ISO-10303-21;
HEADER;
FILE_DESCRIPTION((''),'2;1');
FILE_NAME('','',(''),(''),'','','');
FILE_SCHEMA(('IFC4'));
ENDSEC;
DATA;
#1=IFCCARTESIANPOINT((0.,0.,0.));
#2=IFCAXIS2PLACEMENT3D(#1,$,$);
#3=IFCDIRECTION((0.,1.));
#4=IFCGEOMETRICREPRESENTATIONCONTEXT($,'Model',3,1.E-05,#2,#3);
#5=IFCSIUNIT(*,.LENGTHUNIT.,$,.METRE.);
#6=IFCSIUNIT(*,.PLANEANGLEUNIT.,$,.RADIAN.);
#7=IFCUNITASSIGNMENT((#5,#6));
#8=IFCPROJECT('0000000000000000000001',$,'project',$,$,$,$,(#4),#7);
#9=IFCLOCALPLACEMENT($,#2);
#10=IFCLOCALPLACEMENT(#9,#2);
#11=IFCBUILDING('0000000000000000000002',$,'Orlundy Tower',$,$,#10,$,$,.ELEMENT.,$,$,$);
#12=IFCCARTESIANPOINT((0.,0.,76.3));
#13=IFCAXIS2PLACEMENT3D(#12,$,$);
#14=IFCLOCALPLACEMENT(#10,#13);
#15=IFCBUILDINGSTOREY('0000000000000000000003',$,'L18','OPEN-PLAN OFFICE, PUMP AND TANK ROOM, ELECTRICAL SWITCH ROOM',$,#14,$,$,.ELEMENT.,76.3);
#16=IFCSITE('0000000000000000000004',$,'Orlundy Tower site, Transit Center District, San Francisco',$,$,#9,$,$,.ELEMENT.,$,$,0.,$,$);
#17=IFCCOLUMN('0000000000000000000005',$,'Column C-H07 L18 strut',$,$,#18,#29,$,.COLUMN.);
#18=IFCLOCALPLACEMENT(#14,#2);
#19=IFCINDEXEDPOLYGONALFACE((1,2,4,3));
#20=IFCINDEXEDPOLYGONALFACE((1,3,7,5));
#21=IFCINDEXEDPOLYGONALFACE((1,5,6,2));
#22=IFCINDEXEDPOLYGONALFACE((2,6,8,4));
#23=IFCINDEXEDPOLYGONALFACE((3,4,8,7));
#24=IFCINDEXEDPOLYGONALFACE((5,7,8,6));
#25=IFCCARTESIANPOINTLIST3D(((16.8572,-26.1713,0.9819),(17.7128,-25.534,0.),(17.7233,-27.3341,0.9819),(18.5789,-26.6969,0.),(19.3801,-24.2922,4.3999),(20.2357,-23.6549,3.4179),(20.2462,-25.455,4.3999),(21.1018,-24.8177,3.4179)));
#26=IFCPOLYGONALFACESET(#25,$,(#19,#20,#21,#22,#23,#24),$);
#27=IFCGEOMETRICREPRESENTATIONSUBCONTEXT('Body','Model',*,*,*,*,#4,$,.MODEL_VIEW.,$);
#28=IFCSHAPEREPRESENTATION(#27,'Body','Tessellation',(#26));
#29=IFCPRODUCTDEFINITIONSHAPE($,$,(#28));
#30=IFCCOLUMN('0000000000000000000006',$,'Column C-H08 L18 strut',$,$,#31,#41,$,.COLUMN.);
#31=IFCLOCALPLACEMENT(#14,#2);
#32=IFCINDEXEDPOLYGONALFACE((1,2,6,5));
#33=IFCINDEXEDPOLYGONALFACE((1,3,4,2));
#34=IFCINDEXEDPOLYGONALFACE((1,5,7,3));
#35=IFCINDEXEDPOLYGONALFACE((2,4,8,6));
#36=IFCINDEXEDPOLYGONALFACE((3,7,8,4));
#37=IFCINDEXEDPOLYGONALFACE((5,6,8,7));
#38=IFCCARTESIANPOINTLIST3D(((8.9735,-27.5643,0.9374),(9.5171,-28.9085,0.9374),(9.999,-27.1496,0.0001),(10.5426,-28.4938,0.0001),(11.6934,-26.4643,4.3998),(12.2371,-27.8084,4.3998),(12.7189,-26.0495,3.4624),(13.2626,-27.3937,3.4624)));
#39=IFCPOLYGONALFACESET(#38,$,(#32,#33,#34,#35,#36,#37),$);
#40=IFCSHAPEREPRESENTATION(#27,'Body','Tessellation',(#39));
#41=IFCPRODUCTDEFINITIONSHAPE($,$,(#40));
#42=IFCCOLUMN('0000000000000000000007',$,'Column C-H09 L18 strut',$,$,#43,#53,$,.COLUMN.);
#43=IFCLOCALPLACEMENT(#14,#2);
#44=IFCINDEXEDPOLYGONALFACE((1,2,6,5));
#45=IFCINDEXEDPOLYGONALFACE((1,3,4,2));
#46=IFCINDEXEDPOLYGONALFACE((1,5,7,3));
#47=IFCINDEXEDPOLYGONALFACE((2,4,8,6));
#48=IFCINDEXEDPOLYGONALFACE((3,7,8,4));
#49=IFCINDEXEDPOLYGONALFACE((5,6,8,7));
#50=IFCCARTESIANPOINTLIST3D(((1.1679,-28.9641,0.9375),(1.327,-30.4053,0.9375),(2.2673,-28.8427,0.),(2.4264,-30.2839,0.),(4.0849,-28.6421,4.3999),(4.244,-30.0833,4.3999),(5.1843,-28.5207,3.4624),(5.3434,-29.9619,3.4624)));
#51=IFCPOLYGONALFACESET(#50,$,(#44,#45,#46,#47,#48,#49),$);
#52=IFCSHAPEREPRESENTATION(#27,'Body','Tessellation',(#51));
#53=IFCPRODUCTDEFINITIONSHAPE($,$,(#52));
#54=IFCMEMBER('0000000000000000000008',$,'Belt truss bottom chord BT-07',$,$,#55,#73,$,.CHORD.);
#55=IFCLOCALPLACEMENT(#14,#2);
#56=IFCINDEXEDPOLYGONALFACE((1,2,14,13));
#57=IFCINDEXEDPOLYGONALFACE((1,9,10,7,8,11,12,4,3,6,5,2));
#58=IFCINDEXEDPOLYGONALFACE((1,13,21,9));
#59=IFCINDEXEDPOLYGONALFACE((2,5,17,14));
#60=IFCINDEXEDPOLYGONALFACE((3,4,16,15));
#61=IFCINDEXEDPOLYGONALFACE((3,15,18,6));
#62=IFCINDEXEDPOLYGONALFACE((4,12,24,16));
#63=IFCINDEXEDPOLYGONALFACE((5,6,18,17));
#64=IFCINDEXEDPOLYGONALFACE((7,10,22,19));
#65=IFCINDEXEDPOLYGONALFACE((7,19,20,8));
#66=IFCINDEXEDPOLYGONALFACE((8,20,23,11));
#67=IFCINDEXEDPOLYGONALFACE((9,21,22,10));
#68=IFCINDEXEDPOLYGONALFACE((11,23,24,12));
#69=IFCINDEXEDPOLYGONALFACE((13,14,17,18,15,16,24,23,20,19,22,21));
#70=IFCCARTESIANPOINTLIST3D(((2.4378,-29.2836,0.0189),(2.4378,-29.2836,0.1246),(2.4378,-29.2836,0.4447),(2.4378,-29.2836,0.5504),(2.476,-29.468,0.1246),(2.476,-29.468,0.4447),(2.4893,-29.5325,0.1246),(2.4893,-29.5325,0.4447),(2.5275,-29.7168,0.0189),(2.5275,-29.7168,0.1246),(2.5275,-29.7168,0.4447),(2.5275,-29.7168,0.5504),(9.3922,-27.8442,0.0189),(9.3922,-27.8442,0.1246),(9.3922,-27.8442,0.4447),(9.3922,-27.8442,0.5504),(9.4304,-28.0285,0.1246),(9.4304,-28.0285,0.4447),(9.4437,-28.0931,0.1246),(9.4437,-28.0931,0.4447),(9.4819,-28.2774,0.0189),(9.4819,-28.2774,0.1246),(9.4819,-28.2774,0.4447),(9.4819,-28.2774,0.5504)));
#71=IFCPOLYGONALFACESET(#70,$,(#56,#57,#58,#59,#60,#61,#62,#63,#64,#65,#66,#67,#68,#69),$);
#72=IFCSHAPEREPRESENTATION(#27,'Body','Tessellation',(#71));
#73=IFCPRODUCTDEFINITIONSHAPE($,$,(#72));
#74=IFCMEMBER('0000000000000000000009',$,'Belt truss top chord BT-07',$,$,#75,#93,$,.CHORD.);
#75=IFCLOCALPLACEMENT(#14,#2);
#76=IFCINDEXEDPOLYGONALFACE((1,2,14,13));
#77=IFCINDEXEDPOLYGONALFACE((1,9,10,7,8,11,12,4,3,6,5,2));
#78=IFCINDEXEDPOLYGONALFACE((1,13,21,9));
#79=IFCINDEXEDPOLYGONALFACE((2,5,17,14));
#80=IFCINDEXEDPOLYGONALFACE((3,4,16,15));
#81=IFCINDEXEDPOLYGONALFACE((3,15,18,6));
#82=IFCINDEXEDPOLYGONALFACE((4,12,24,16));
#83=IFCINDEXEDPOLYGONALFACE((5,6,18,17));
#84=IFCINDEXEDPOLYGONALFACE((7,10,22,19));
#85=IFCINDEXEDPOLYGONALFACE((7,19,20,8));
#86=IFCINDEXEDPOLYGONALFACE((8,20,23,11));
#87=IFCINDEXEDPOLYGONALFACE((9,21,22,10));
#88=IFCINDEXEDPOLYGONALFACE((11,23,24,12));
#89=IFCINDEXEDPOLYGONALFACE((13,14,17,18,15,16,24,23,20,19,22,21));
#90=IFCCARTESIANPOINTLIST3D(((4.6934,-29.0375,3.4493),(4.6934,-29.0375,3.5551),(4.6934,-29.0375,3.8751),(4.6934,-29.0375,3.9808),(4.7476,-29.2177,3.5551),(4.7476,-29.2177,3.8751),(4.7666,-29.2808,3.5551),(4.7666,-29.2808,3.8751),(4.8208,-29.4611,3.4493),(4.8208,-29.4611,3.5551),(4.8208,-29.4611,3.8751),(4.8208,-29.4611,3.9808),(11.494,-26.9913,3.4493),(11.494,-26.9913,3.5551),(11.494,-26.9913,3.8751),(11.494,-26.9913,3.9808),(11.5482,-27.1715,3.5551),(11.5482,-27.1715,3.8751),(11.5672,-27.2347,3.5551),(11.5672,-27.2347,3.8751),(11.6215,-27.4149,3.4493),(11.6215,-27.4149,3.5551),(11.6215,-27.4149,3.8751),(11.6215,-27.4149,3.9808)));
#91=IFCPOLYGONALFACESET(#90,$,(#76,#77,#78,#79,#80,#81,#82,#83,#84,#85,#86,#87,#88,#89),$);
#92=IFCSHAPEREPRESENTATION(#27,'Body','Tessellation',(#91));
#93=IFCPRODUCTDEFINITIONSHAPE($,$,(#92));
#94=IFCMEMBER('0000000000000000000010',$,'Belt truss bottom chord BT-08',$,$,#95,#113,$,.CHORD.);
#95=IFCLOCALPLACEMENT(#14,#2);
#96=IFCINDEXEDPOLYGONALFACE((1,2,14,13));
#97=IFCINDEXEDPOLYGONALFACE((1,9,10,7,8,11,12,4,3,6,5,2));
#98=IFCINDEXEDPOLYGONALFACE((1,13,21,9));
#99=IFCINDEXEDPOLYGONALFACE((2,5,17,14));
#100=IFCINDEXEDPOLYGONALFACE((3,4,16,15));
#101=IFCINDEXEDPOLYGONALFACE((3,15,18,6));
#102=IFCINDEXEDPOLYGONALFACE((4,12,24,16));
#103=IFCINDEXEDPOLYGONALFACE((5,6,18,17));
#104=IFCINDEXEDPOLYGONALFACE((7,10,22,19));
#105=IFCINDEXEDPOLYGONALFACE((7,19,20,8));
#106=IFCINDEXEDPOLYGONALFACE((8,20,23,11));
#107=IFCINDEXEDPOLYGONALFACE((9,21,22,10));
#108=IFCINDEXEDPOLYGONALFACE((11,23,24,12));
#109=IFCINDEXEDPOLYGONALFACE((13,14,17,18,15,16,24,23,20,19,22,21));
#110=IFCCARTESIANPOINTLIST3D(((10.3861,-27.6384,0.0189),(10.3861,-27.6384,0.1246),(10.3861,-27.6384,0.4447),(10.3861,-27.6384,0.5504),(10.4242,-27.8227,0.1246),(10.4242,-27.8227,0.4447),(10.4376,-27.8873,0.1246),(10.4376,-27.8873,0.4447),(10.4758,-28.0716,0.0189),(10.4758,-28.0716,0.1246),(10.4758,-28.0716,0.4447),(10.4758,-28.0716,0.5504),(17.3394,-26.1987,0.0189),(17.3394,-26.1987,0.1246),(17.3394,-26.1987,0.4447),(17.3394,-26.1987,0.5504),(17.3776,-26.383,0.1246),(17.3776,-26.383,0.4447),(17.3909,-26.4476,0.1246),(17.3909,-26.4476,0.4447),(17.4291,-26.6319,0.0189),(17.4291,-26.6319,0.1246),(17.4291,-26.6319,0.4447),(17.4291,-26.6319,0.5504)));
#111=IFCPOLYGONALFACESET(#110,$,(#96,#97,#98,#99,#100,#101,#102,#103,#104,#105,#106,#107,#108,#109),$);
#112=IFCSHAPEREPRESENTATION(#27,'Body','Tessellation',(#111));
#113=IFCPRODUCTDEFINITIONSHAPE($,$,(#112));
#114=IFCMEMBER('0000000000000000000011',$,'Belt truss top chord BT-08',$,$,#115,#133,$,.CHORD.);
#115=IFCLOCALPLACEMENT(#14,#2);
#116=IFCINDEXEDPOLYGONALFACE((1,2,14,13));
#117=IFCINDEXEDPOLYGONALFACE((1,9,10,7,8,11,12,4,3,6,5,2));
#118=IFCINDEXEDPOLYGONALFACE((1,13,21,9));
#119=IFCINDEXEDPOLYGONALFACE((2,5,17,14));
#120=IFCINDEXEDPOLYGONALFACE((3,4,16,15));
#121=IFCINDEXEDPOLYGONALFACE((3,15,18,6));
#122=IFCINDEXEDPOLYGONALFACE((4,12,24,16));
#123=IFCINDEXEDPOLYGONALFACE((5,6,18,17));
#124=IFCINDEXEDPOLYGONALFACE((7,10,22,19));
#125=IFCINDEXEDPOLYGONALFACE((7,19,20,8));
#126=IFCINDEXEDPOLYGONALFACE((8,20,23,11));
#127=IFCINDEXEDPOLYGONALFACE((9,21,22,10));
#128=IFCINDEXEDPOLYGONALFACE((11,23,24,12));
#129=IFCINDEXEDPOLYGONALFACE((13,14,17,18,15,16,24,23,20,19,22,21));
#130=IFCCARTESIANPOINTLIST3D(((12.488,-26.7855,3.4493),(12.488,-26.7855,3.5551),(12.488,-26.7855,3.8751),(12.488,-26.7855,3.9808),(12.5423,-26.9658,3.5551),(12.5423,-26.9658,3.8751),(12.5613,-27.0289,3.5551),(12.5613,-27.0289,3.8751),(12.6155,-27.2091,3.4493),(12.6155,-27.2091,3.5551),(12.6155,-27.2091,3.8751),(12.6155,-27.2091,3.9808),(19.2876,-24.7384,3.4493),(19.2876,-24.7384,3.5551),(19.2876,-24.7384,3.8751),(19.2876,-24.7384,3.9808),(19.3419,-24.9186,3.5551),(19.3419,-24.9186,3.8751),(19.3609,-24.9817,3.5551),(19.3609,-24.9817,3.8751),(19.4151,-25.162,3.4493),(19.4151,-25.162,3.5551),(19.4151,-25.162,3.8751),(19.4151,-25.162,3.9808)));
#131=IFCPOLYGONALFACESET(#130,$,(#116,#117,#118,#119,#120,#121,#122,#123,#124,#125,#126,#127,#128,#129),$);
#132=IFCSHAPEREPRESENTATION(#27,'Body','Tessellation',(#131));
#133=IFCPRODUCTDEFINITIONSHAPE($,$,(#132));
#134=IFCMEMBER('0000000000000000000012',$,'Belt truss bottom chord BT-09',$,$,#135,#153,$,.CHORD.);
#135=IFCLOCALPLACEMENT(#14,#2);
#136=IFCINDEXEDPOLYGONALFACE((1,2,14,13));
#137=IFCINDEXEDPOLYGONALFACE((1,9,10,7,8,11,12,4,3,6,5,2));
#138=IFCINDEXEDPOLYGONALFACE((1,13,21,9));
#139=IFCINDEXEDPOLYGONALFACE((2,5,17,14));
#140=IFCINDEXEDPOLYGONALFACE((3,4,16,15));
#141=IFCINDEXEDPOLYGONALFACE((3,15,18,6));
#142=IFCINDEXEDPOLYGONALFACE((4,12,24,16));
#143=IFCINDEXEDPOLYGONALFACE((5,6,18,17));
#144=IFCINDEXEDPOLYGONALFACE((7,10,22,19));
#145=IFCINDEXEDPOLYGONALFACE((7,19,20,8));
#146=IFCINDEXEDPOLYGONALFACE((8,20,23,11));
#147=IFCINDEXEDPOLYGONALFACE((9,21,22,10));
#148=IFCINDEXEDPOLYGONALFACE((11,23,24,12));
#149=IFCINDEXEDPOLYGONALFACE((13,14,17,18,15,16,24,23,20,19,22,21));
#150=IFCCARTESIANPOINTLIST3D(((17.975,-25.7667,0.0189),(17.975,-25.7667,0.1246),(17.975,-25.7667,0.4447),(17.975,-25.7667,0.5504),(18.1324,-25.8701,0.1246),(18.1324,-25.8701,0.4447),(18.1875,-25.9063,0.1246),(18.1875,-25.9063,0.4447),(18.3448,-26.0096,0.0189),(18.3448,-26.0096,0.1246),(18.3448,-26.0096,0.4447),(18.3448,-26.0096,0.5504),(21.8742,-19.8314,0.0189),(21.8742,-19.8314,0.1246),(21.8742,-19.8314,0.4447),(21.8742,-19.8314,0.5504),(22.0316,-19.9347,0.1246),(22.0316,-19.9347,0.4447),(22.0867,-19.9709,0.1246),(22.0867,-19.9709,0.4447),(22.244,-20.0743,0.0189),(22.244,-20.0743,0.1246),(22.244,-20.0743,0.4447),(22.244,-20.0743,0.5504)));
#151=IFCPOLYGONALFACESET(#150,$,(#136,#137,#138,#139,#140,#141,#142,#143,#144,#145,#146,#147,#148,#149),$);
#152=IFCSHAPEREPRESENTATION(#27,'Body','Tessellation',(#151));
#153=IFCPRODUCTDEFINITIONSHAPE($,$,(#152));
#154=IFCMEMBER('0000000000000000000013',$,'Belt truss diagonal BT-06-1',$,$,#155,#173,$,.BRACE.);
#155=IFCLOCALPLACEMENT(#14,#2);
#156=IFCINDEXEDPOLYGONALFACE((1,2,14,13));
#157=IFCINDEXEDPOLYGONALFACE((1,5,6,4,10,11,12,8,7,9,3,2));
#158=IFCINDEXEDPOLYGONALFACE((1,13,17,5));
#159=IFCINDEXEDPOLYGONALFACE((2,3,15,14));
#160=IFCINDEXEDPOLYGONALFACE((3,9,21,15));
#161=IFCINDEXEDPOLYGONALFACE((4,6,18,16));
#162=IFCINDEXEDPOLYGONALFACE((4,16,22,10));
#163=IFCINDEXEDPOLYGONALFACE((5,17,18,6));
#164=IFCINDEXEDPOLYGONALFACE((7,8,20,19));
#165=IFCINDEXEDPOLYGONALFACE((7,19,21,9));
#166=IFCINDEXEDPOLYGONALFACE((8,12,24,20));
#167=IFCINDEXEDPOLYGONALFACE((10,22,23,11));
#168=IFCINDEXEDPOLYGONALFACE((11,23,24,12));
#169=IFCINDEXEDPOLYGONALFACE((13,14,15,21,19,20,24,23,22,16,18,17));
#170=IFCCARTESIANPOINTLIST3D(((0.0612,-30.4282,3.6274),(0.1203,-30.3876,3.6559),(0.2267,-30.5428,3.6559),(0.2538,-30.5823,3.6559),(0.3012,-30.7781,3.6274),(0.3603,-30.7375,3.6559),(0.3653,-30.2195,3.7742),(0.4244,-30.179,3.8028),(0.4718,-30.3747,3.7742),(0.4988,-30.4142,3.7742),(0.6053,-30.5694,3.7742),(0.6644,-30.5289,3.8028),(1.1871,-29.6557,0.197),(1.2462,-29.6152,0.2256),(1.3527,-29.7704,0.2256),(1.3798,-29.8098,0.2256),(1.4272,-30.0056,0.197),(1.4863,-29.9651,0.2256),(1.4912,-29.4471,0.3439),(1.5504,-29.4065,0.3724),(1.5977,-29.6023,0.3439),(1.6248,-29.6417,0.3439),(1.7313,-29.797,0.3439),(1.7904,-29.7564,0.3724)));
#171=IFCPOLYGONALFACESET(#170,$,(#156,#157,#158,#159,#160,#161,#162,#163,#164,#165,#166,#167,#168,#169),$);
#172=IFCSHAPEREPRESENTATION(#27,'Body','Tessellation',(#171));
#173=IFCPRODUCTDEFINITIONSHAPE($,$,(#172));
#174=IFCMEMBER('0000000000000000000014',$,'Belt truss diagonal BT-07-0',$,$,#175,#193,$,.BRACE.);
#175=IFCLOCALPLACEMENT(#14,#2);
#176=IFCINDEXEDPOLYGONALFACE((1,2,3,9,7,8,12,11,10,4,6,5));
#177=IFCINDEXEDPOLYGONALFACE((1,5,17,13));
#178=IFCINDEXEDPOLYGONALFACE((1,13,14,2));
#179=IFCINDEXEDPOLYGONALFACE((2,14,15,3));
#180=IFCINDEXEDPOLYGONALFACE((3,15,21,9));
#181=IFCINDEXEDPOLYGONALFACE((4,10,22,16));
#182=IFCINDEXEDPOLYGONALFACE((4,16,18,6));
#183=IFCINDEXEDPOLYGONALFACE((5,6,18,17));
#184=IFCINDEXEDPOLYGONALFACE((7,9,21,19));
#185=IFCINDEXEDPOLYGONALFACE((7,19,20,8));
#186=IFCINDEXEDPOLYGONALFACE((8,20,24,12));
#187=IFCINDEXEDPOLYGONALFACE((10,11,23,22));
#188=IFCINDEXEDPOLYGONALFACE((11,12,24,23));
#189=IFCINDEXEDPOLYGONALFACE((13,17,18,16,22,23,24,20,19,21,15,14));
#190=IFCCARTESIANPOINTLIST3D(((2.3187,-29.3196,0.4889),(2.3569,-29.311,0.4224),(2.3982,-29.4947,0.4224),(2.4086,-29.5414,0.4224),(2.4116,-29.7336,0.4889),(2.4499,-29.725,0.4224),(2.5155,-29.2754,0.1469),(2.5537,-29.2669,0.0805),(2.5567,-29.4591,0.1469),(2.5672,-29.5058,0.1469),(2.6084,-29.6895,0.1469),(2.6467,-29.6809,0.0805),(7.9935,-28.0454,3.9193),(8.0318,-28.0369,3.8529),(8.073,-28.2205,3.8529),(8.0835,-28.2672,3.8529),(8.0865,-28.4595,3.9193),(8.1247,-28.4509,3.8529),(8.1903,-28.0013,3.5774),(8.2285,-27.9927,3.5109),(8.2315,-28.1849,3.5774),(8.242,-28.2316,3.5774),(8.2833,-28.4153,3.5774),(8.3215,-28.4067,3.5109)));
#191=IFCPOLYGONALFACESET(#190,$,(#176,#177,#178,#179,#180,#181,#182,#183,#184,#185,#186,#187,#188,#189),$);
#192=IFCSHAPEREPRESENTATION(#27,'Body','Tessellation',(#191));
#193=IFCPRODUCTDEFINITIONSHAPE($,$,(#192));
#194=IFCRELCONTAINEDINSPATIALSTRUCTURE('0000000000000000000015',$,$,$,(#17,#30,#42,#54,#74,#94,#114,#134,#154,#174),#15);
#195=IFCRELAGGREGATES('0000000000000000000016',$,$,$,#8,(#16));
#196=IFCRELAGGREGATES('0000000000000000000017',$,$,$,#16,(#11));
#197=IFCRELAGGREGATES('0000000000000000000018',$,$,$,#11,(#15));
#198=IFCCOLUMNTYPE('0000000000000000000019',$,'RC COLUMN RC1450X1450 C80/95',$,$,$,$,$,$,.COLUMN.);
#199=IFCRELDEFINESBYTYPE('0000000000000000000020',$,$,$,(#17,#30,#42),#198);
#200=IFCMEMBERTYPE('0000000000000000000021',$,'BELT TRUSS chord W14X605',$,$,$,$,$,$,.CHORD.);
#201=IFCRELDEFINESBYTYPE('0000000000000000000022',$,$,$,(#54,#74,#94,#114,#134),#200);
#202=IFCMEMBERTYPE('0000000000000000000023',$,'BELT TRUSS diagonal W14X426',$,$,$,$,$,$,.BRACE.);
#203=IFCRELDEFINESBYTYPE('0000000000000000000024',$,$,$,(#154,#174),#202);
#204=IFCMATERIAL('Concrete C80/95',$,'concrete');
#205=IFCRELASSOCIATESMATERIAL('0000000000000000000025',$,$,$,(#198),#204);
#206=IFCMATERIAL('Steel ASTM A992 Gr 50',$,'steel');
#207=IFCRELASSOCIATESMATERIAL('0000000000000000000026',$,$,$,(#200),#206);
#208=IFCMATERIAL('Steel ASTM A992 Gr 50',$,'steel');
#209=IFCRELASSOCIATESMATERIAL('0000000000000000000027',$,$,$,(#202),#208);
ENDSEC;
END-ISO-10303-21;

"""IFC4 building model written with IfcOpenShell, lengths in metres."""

from ifc_helpers import new_model, si_unit, direction, frame, origin, origin_2d, place, context, subcontext, project, spatial, rectangle, i_section, extrude, material, material_profile, profile_set, type_object, element, save


model = new_model("IFC4")

# Units and contexts
model_context = context("Model", 3, precision=1e-05, world=origin(), true_north=direction((0.0, 1.0)))
body_context = subcontext(model_context, "Body", "Model", "MODEL_VIEW")
ifc_project = project(units=[si_unit("LENGTHUNIT", "METRE"), si_unit("PLANEANGLEUNIT", "RADIAN")], contexts=[model_context])

# Site, building, storey
site_placement = place(None, origin())
site = spatial("IfcSite", under=ifc_project, at=site_placement, Name="Orlundy Tower site, Transit Center District, San Francisco", CompositionType="ELEMENT", RefElevation=0.0)
building_placement = place(site_placement, origin())
building = spatial("IfcBuilding", under=site, at=building_placement, Name="Orlundy Tower", CompositionType="ELEMENT")
storey_placement = place(building_placement, frame((0.0, 0.0, 76.3)))
storey = spatial("IfcBuildingStorey", under=building, at=storey_placement, Name="L18", Description="OPEN-PLAN OFFICE, PUMP AND TANK ROOM, ELECTRICAL SWITCH ROOM", CompositionType="ELEMENT", Elevation=76.3)

# Columns
ifc_material_1 = material(Name="Concrete C80/95", Category="concrete")
ifc_material_profile_1 = material_profile(ifc_material_1, rectangle(XDim=1.45, YDim=1.45, at=origin_2d()), Name="RC1450X1450")
ifc_profile_set_1 = profile_set([ifc_material_profile_1], Name="Concrete C80/95")
column_type = type_object("IfcColumnType", Name="RC COLUMN RC1450X1450 C80/95", PredefinedType="COLUMN", material=ifc_profile_set_1)
column_1_placement = place(storey_placement, frame((17.718, -26.4341, 0.491), z_axis=(0.543116, 0.404526, 0.735788), x_axis=(-0.597339, 0.801989, 0.0)))
element("IfcColumn", 1, at=column_1_placement, inside=storey, type_object=column_type, Name="Column C-H07 L18 strut", PredefinedType="COLUMN", context=body_context, shape_type="SweptSolid", body=[
    extrude(rectangle(XDim=1.45, YDim=1.45, at=origin_2d()), origin(), (0.0, 0.0, 1.0), 4.6453),
])
column_2_placement = place(storey_placement, frame((9.7581, -28.0291, 0.4688), z_axis=(0.599329, 0.2424, 0.76292), x_axis=(-0.374946, 0.927047, 0.0)))
element("IfcColumn", 2, at=column_2_placement, inside=storey, type_object=column_type, Name="Column C-H08 L18 strut", PredefinedType="COLUMN", context=body_context, shape_type="SweptSolid", body=[
    extrude(rectangle(XDim=1.45, YDim=1.45, at=origin_2d()), origin(), (0.0, 0.0, 1.0), 4.5383),
])
column_3_placement = place(storey_placement, frame((1.7971, -29.624, 0.4688), z_axis=(0.642678, 0.070948, 0.762844), x_axis=(-0.109728, 0.993962, 0.0)))
element("IfcColumn", 3, at=column_3_placement, inside=storey, type_object=column_type, Name="Column C-H09 L18 strut", PredefinedType="COLUMN", context=body_context, shape_type="SweptSolid", body=[
    extrude(rectangle(XDim=1.45, YDim=1.45, at=origin_2d()), origin(), (0.0, 0.0, 1.0), 4.5388),
])

# Members
ifc_material_2 = material(Name="Steel ASTM A992 Gr 50", Category="steel")
ifc_material_profile_2 = material_profile(ifc_material_2, i_section(OverallWidth=0.4424, OverallDepth=0.5315, WebThickness=0.0659, FlangeThickness=0.1057, at=origin_2d()), Name="W14X605")
ifc_profile_set_2 = profile_set([ifc_material_profile_2], Name="Steel ASTM A992 Gr 50")
member_type_1 = type_object("IfcMemberType", Name="BELT TRUSS chord W14X605", PredefinedType="CHORD", material=ifc_profile_set_2)
for number, where, z_axis, x_axis, name in (
    (4, (2.4827, -29.5002, 0.2847), (0.979243, 0.20269, 0.0), (-0.20269, 0.979243, 0.0), "Belt truss bottom chord BT-07"),
    (5, (4.7571, -29.2493, 3.7151), (0.957594, 0.288121, 0.0), (-0.288121, 0.957594, 0.0), "Belt truss top chord BT-07"),
):
    element("IfcMember", number, at=place(storey_placement, frame(where, z_axis=z_axis, x_axis=x_axis)), inside=storey, type_object=member_type_1, Name=name, PredefinedType="CHORD", context=body_context, shape_type="SweptSolid", body=[
        extrude(i_section(OverallWidth=0.4424, OverallDepth=0.5315, WebThickness=0.0659, FlangeThickness=0.1057, at=origin_2d()), origin(), (0.0, 0.0, 1.0), 7.1018),
    ])
member_1_placement = place(storey_placement, frame((10.4309, -27.855, 0.2847), z_axis=(0.979231, 0.20275, 0.0), x_axis=(-0.20275, 0.979231, 0.0)))
element("IfcMember", 6, at=member_1_placement, inside=storey, type_object=member_type_1, Name="Belt truss bottom chord BT-08", PredefinedType="CHORD", context=body_context, shape_type="SweptSolid", body=[
    extrude(i_section(OverallWidth=0.4424, OverallDepth=0.5315, WebThickness=0.0659, FlangeThickness=0.1057, at=origin_2d()), origin(), (0.0, 0.0, 1.0), 7.1008),
])
member_2_placement = place(storey_placement, frame((12.5518, -26.9973, 3.7151), z_axis=(0.957545, 0.288285, 0.0), x_axis=(-0.288285, 0.957545, 0.0)))
element("IfcMember", 7, at=member_2_placement, inside=storey, type_object=member_type_1, Name="Belt truss top chord BT-08", PredefinedType="CHORD", context=body_context, shape_type="SweptSolid", body=[
    extrude(i_section(OverallWidth=0.4424, OverallDepth=0.5315, WebThickness=0.0659, FlangeThickness=0.1057, at=origin_2d()), origin(), (0.0, 0.0, 1.0), 7.1011),
])
member_3_placement = place(storey_placement, frame((18.1599, -25.8882, 0.2847), z_axis=(0.549063, 0.835781, 0.0), x_axis=(-0.835781, 0.549063, 0.0)))
element("IfcMember", 8, at=member_3_placement, inside=storey, type_object=member_type_1, Name="Belt truss bottom chord BT-09", PredefinedType="CHORD", context=body_context, shape_type="SweptSolid", body=[
    extrude(i_section(OverallWidth=0.4424, OverallDepth=0.5315, WebThickness=0.0659, FlangeThickness=0.1057, at=origin_2d()), origin(), (0.0, 0.0, 1.0), 7.1016),
])
ifc_material_3 = material(Name="Steel ASTM A992 Gr 50", Category="steel")
ifc_material_profile_3 = material_profile(ifc_material_3, i_section(OverallWidth=0.4243, OverallDepth=0.4741, WebThickness=0.0479, FlangeThickness=0.0771, at=origin_2d()), Name="W14X426")
ifc_profile_set_3 = profile_set([ifc_material_profile_3], Name="Steel ASTM A992 Gr 50")
member_type_2 = type_object("IfcMemberType", Name="BELT TRUSS diagonal W14X426", PredefinedType="BRACE", material=ifc_profile_set_3)
member_4_placement = place(storey_placement, frame((0.3628, -30.4785, 3.7151), z_axis=(0.304961, 0.209215, -0.929101), x_axis=(-0.565709, 0.824605, 0.0)))
element("IfcMember", 9, at=member_4_placement, inside=storey, type_object=member_type_2, Name="Belt truss diagonal BT-06-1", PredefinedType="BRACE", context=body_context, shape_type="SweptSolid", body=[
    extrude(i_section(OverallWidth=0.4243, OverallDepth=0.4741, WebThickness=0.0479, FlangeThickness=0.0771, at=origin_2d()), origin(), (0.0, 0.0, 1.0), 3.6921),
])
member_5_placement = place(storey_placement, frame((2.4827, -29.5002, 0.2847), z_axis=(0.840415, 0.188699, 0.508031), x_axis=(-0.219077, 0.975708, 0.0)))
element("IfcMember", 10, at=member_5_placement, inside=storey, type_object=member_type_2, Name="Belt truss diagonal BT-07-0", PredefinedType="BRACE", context=body_context, shape_type="SweptSolid", body=[
    extrude(i_section(OverallWidth=0.4243, OverallDepth=0.4741, WebThickness=0.0479, FlangeThickness=0.0771, at=origin_2d()), origin(), (0.0, 0.0, 1.0), 6.7524),
])

save(model, "model.ifc")
